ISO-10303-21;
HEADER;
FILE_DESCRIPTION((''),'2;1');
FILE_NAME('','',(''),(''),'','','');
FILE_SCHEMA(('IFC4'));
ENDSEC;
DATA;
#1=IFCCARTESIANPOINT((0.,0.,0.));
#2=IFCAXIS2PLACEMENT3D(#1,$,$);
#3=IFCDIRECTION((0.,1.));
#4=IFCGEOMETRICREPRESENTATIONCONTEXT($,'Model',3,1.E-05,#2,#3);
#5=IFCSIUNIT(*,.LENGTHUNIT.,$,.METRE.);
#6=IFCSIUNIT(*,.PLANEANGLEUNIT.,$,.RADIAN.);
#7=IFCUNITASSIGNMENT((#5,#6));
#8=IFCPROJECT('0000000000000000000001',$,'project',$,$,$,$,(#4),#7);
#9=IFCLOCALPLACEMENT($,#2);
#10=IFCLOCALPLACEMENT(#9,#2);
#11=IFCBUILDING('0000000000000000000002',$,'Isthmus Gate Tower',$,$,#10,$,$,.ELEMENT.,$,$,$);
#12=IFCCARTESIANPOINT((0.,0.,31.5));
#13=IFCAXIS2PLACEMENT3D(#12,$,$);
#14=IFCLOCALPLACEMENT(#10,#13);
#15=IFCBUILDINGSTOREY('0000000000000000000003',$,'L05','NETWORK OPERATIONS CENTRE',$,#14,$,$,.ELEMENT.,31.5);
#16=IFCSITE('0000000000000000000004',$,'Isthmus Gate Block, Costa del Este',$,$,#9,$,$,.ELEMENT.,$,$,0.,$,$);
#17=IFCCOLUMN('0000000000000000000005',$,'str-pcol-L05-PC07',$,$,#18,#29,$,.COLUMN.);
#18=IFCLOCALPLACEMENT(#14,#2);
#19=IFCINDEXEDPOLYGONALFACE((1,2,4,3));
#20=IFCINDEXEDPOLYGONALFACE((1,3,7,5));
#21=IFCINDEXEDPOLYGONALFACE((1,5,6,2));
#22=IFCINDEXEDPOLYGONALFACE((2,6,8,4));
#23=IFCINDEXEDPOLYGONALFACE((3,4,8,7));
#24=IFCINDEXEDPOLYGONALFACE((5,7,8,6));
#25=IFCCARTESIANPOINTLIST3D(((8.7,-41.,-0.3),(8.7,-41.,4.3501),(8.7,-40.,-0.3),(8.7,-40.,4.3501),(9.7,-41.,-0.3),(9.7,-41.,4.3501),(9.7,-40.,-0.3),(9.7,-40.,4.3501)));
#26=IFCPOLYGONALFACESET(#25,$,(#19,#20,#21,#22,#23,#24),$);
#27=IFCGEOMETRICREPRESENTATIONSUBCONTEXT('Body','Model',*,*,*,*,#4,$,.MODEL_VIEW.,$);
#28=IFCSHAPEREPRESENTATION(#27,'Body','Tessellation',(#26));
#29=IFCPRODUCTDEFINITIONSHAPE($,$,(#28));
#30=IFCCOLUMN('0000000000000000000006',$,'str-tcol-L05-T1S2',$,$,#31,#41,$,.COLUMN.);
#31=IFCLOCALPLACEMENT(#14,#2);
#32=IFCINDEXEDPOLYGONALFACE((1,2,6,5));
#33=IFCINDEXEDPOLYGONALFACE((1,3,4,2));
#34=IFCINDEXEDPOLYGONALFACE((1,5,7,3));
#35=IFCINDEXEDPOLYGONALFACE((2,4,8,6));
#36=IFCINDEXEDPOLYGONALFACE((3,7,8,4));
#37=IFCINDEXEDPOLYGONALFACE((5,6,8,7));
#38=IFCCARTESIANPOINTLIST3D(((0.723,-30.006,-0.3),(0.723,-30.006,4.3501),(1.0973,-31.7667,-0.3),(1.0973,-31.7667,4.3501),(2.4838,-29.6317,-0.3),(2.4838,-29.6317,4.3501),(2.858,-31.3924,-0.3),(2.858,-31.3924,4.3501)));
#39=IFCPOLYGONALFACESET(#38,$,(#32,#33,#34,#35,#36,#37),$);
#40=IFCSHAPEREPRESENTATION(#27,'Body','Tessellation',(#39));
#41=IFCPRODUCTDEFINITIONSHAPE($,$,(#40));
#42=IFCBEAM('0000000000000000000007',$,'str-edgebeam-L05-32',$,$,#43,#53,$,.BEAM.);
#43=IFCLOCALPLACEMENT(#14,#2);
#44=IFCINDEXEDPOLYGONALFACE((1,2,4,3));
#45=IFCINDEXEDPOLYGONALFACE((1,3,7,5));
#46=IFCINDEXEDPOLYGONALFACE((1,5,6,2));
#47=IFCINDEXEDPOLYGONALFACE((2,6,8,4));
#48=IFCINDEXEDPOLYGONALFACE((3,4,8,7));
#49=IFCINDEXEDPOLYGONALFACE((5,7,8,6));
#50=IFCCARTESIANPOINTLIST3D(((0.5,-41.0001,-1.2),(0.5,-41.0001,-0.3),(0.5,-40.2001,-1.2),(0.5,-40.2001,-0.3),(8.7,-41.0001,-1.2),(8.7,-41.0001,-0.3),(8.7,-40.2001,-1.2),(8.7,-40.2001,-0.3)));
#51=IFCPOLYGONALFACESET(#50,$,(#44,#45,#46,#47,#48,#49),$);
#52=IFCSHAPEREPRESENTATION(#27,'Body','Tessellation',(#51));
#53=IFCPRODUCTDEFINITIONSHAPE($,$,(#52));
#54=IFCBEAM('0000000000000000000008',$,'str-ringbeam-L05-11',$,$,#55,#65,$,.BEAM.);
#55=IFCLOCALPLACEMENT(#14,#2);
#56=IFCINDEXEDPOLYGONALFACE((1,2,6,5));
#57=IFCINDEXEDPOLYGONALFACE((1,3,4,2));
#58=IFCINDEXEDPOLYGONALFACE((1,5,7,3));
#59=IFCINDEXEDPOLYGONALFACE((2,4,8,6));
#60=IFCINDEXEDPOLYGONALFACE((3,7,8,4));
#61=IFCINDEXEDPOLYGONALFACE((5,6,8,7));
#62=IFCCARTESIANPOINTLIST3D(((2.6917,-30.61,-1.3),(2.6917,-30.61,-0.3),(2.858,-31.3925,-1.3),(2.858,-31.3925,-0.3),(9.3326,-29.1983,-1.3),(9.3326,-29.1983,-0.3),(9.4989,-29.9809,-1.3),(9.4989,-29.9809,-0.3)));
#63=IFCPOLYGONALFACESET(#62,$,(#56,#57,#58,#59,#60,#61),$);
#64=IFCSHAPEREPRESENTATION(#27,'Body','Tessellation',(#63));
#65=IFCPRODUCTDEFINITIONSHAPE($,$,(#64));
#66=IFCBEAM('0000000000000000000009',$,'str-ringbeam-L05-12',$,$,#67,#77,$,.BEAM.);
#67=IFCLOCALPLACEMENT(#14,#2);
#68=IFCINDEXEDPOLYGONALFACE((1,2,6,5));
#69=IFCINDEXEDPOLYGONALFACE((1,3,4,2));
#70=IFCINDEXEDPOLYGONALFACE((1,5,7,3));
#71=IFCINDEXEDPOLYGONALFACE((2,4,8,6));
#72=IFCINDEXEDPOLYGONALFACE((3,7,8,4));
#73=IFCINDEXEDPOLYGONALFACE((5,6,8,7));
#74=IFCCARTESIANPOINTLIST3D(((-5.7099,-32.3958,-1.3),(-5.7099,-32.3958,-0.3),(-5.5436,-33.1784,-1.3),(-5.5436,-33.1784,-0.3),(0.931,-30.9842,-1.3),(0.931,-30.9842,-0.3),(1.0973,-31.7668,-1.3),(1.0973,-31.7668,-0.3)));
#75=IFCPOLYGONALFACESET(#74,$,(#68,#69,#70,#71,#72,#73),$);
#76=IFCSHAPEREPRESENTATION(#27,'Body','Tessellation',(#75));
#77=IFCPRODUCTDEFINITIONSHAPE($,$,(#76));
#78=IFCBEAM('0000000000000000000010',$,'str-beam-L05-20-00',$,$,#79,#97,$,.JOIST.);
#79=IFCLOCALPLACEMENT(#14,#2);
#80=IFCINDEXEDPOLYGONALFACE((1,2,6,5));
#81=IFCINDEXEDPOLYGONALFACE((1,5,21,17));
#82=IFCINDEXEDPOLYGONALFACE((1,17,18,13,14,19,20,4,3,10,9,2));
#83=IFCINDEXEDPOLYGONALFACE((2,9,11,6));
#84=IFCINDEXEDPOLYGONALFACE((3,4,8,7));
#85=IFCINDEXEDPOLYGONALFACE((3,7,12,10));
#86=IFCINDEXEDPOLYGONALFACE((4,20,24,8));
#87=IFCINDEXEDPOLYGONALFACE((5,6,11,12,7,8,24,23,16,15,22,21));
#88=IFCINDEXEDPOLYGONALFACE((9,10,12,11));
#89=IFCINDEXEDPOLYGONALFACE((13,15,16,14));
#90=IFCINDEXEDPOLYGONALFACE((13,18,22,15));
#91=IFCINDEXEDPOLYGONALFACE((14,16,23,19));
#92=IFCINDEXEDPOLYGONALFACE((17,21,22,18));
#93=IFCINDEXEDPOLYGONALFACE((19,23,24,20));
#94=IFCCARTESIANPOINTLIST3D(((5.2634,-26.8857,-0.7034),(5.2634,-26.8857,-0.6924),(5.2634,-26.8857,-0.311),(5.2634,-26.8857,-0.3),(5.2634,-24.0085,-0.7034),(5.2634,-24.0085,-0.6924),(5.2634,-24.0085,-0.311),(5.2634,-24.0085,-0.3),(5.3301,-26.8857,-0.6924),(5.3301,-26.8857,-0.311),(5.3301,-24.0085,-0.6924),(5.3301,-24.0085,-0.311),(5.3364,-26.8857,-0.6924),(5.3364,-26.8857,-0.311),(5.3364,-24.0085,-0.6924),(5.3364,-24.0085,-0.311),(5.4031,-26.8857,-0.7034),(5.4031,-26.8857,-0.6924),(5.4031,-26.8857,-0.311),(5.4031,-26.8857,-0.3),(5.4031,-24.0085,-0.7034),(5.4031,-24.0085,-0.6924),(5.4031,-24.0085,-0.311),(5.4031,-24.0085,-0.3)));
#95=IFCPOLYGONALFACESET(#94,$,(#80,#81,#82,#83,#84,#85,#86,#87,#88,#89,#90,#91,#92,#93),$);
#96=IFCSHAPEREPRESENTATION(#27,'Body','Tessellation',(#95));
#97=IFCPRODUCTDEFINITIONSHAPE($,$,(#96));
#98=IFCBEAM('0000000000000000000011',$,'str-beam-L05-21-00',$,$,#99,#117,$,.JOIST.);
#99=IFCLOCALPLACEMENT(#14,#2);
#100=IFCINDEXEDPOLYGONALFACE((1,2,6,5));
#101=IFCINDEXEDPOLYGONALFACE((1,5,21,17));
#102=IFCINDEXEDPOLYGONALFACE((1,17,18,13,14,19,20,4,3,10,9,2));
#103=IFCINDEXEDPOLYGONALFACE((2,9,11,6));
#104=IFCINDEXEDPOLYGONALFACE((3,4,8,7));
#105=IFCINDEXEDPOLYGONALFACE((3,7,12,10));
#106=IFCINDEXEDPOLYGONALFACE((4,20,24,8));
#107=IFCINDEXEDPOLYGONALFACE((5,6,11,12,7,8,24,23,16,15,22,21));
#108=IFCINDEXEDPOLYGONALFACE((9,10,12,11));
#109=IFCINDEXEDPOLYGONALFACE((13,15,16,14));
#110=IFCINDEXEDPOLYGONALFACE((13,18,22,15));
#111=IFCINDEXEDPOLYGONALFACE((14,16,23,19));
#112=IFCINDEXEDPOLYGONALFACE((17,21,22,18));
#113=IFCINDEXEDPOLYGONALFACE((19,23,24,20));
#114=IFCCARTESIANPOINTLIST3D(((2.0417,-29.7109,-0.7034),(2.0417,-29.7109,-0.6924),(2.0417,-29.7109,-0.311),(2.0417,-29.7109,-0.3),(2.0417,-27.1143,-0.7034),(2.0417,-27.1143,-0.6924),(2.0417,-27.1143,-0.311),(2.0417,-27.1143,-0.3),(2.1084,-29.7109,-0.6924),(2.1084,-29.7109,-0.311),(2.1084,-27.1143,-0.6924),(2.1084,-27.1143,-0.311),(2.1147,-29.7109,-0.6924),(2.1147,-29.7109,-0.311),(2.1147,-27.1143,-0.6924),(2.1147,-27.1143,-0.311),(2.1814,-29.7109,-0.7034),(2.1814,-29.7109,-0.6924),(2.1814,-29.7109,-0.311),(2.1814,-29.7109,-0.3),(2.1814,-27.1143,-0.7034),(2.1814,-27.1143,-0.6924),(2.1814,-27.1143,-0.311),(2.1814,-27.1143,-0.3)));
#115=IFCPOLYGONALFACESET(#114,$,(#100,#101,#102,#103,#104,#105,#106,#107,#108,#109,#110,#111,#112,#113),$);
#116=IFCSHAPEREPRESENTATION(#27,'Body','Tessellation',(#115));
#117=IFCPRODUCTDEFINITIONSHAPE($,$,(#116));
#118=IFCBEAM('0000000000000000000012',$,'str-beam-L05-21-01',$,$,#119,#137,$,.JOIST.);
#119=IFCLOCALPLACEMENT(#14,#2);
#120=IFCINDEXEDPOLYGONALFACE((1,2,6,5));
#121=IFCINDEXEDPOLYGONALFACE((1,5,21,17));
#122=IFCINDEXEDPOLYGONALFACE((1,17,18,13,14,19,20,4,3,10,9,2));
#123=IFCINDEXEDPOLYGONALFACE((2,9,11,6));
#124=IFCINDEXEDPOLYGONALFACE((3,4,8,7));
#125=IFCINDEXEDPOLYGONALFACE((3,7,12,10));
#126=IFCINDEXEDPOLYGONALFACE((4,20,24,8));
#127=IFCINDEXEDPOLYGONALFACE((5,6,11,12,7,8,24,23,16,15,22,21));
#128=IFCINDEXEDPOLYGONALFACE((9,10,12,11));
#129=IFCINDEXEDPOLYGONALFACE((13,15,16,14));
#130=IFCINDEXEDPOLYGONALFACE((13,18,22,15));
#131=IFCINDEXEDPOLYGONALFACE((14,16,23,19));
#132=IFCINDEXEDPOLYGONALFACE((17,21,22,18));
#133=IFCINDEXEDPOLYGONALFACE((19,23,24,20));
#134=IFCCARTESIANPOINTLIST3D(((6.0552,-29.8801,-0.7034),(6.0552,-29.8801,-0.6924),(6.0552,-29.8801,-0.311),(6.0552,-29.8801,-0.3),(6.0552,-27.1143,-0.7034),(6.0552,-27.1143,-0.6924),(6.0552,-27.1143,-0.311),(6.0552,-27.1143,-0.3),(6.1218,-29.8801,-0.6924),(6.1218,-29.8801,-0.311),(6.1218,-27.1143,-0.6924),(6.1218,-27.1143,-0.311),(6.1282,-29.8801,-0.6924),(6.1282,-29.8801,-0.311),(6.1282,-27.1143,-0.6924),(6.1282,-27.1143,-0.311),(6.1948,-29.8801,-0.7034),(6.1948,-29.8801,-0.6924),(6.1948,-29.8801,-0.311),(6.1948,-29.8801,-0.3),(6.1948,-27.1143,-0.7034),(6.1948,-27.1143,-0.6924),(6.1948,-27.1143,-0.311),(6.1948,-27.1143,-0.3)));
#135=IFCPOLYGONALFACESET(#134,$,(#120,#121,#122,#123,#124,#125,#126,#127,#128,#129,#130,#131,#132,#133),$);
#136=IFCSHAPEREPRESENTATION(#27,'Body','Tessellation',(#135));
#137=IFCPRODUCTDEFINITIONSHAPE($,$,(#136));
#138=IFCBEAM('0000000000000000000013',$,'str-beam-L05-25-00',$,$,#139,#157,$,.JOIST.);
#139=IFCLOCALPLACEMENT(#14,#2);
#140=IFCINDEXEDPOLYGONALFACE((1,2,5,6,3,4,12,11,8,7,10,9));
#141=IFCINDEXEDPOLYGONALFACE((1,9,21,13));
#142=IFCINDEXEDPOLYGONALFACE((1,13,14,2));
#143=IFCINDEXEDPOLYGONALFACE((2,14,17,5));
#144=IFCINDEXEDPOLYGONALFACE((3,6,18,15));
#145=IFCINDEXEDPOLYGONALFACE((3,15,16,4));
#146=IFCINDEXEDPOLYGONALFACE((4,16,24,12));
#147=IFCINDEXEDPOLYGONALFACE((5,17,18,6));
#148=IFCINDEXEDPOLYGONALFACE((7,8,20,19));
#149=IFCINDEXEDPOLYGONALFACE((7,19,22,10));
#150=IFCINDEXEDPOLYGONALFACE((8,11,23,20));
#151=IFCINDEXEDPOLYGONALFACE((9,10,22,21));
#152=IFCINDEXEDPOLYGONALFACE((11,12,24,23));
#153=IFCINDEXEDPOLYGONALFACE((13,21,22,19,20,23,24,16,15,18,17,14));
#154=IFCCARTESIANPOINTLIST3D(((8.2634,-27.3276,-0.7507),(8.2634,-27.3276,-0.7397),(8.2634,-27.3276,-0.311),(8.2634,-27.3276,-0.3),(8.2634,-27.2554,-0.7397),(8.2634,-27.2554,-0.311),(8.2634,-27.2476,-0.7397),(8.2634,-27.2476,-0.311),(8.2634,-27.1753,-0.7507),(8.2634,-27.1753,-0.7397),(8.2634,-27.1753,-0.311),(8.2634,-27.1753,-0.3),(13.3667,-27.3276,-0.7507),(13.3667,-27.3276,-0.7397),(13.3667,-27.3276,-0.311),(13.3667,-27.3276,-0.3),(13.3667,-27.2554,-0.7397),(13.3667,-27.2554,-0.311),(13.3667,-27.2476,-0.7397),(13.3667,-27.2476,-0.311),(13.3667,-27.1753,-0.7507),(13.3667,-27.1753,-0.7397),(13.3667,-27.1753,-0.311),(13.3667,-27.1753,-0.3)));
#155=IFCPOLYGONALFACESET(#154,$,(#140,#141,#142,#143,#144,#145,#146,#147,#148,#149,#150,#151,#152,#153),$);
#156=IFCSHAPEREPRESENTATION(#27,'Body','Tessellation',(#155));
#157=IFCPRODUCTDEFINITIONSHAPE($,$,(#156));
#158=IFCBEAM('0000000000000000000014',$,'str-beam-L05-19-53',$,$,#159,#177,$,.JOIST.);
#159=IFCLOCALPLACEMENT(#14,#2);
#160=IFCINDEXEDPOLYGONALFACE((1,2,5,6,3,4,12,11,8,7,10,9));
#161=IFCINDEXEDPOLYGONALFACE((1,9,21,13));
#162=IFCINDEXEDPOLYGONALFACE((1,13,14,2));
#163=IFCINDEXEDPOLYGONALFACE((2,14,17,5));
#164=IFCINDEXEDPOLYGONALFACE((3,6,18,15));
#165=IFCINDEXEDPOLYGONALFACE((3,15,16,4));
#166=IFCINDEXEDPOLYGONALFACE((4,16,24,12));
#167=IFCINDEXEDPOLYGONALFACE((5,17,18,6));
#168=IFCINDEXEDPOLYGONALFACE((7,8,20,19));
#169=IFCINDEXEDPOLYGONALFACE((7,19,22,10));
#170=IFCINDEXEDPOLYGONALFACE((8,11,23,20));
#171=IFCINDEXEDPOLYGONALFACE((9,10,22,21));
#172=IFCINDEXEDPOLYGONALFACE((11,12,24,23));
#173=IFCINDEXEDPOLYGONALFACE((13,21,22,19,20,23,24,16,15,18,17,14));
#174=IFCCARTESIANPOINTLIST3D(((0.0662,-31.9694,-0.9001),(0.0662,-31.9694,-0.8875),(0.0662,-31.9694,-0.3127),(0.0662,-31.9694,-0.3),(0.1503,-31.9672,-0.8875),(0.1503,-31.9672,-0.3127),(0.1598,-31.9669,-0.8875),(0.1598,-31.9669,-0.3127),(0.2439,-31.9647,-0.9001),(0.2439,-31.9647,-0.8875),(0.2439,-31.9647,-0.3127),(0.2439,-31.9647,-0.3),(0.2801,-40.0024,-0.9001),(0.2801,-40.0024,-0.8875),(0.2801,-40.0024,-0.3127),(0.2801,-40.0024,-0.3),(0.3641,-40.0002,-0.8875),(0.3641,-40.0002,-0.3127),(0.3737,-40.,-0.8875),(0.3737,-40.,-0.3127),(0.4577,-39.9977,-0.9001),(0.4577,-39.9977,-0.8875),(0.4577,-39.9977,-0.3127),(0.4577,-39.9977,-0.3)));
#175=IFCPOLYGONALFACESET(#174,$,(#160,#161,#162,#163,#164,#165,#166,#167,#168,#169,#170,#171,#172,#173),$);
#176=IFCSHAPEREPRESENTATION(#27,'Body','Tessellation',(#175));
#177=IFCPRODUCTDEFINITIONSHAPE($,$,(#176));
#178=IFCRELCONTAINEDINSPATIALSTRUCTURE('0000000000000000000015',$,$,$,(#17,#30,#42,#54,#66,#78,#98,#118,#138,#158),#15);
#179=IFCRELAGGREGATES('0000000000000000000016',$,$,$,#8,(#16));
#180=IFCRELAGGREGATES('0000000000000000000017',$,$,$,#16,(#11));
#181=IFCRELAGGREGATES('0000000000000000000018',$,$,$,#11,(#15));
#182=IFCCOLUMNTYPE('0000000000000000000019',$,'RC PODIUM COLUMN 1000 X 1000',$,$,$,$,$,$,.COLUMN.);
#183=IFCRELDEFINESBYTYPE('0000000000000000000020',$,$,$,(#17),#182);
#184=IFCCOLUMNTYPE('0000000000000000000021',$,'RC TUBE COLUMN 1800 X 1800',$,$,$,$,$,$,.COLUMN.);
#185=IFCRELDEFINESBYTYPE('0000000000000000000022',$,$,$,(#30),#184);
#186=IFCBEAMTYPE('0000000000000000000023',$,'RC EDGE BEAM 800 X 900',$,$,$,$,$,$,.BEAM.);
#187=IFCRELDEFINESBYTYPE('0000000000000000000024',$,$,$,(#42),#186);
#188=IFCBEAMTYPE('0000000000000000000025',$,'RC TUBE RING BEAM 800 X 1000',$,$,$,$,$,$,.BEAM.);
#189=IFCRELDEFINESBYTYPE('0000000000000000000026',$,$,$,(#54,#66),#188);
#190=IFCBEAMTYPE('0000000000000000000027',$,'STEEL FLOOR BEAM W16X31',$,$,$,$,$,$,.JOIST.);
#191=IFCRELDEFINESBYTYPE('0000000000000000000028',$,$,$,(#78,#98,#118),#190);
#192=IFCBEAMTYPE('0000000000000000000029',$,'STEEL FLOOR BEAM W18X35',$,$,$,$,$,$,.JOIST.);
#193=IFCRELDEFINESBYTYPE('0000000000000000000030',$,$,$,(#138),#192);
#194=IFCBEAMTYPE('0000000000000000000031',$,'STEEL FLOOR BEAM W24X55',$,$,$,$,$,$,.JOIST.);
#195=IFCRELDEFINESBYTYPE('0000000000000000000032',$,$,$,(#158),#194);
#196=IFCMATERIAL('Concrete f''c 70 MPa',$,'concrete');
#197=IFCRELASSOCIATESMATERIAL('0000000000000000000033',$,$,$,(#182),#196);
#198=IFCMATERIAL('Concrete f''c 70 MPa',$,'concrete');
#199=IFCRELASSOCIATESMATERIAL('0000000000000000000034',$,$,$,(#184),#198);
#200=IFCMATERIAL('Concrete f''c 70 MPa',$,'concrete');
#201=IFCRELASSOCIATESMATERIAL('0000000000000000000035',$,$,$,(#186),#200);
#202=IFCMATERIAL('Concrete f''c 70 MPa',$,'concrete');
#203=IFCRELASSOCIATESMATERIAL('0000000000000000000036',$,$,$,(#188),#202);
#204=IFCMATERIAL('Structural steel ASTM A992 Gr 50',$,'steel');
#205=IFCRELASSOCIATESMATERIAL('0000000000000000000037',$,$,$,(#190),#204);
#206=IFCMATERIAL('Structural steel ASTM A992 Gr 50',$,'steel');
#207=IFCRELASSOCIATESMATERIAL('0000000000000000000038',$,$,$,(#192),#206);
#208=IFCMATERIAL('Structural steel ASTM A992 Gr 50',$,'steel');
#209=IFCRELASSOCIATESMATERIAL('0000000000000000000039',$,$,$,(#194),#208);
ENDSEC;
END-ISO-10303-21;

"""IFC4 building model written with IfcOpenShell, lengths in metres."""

from ifc_helpers import new_model, si_unit, direction, frame, origin, origin_2d, place, context, subcontext, project, spatial, rectangle, i_section, extrude, material, material_profile, profile_set, type_object, element, save


model = new_model("IFC4")

# Units and contexts
model_context = context("Model", 3, precision=1e-05, world=origin(), true_north=direction((0.0, 1.0)))
body_context = subcontext(model_context, "Body", "Model", "MODEL_VIEW")
ifc_project = project(units=[si_unit("LENGTHUNIT", "METRE"), si_unit("PLANEANGLEUNIT", "RADIAN")], contexts=[model_context])

# Site, building, storey
site_placement = place(None, origin())
site = spatial("IfcSite", under=ifc_project, at=site_placement, Name="Isthmus Gate Block, Costa del Este", CompositionType="ELEMENT", RefElevation=0.0)
building_placement = place(site_placement, origin())
building = spatial("IfcBuilding", under=site, at=building_placement, Name="Isthmus Gate Tower", CompositionType="ELEMENT")
storey_placement = place(building_placement, frame((0.0, 0.0, 31.5)))
storey = spatial("IfcBuildingStorey", under=building, at=storey_placement, Name="L05", Description="NETWORK OPERATIONS CENTRE", CompositionType="ELEMENT", Elevation=31.5)

# Columns
ifc_material_1 = material(Name="Concrete f'c 70 MPa", Category="concrete")
ifc_material_profile_1 = material_profile(ifc_material_1, rectangle(XDim=1.0, YDim=1.0, at=origin_2d()), Name="RC 1000X1000")
ifc_profile_set_1 = profile_set([ifc_material_profile_1], Name="Concrete f'c 70 MPa")
column_type_1 = type_object("IfcColumnType", Name="RC PODIUM COLUMN 1000 X 1000", PredefinedType="COLUMN", material=ifc_profile_set_1)
column_1_placement = place(storey_placement, frame((9.2, -40.5, -0.3), z_axis=(0.0, 0.0, 1.0), x_axis=(1.0, 0.0, 0.0)))
element("IfcColumn", 1, at=column_1_placement, inside=storey, type_object=column_type_1, Name="str-pcol-L05-PC07", PredefinedType="COLUMN", context=body_context, shape_type="SweptSolid", body=[
    extrude(rectangle(XDim=1.0, YDim=1.0, at=origin_2d()), origin(), (0.0, 0.0, 1.0), 4.6501),
])
ifc_material_2 = material(Name="Concrete f'c 70 MPa", Category="concrete")
ifc_material_profile_2 = material_profile(ifc_material_2, rectangle(XDim=1.8, YDim=1.8, at=origin_2d()), Name="RC 1800X1800")
ifc_profile_set_2 = profile_set([ifc_material_profile_2], Name="Concrete f'c 70 MPa")
column_type_2 = type_object("IfcColumnType", Name="RC TUBE COLUMN 1800 X 1800", PredefinedType="COLUMN", material=ifc_profile_set_2)
column_2_placement = place(storey_placement, frame((1.7905, -30.6992, -0.3), z_axis=(0.0, 0.0, 1.0), x_axis=(0.978148, 0.207912, 0.0)))
element("IfcColumn", 2, at=column_2_placement, inside=storey, type_object=column_type_2, Name="str-tcol-L05-T1S2", PredefinedType="COLUMN", context=body_context, shape_type="SweptSolid", body=[
    extrude(rectangle(XDim=1.8, YDim=1.8, at=origin_2d()), origin(), (0.0, 0.0, 1.0), 4.6501),
])

# Beams
ifc_material_3 = material(Name="Concrete f'c 70 MPa", Category="concrete")
ifc_material_profile_3 = material_profile(ifc_material_3, rectangle(XDim=0.8, YDim=0.8999, at=origin_2d()), Name="RC 800X900")
ifc_profile_set_3 = profile_set([ifc_material_profile_3], Name="Concrete f'c 70 MPa")
beam_type_1 = type_object("IfcBeamType", Name="RC EDGE BEAM 800 X 900", PredefinedType="BEAM", material=ifc_profile_set_3)
beam_1_placement = place(storey_placement, frame((8.7, -40.6001, -0.75), z_axis=(-1.0, 0.0, 0.0), x_axis=(0.0, -1.0, 0.0)))
element("IfcBeam", 3, at=beam_1_placement, inside=storey, type_object=beam_type_1, Name="str-edgebeam-L05-32", PredefinedType="BEAM", context=body_context, shape_type="SweptSolid", body=[
    extrude(rectangle(XDim=0.8, YDim=0.8999, at=origin_2d()), origin(), (0.0, 0.0, 1.0), 8.2),
])
ifc_material_4 = material(Name="Concrete f'c 70 MPa", Category="concrete")
ifc_material_profile_4 = material_profile(ifc_material_4, rectangle(XDim=0.8, YDim=1.0, at=origin_2d()), Name="RC 800X1000")
ifc_profile_set_4 = profile_set([ifc_material_profile_4], Name="Concrete f'c 70 MPa")
beam_type_2 = type_object("IfcBeamType", Name="RC TUBE RING BEAM 800 X 1000", PredefinedType="BEAM", material=ifc_profile_set_4)
for number, where, z_axis, x_axis, name in (
    (4, (9.4158, -29.5896, -0.8), (-0.978146, -0.20792, 0.0), (0.20792, -0.978146, 0.0), "str-ringbeam-L05-11"),
    (5, (1.0142, -31.3755, -0.8), (-0.978146, -0.20792, 0.0), (0.20792, -0.978146, 0.0), "str-ringbeam-L05-12"),
):
    element("IfcBeam", number, at=place(storey_placement, frame(where, z_axis=z_axis, x_axis=x_axis)), inside=storey, type_object=beam_type_2, Name=name, PredefinedType="BEAM", context=body_context, shape_type="SweptSolid", body=[
        extrude(rectangle(XDim=0.8, YDim=1.0, at=origin_2d()), origin(), (0.0, 0.0, 1.0), 6.7893),
    ])
ifc_material_5 = material(Name="Structural steel ASTM A992 Gr 50", Category="steel")
ifc_material_profile_5 = material_profile(ifc_material_5, i_section(OverallWidth=0.1396, OverallDepth=0.4033, WebThickness=0.0063, FlangeThickness=0.011, at=origin_2d()), Name="W16X31")
ifc_profile_set_5 = profile_set([ifc_material_profile_5], Name="Structural steel ASTM A992 Gr 50")
beam_type_3 = type_object("IfcBeamType", Name="STEEL FLOOR BEAM W16X31", PredefinedType="JOIST", material=ifc_profile_set_5)
beam_2_placement = place(storey_placement, frame((5.3333, -26.8857, -0.5017), z_axis=(0.0, 1.0, 0.0), x_axis=(-1.0, 0.0, 0.0)))
element("IfcBeam", 6, at=beam_2_placement, inside=storey, type_object=beam_type_3, Name="str-beam-L05-20-00", PredefinedType="JOIST", context=body_context, shape_type="SweptSolid", body=[
    extrude(i_section(OverallWidth=0.1396, OverallDepth=0.4033, WebThickness=0.0063, FlangeThickness=0.011, at=origin_2d()), origin(), (0.0, 0.0, 1.0), 2.8772),
])
beam_3_placement = place(storey_placement, frame((2.1116, -29.7109, -0.5017), z_axis=(0.0, 1.0, 0.0), x_axis=(-1.0, 0.0, 0.0)))
element("IfcBeam", 7, at=beam_3_placement, inside=storey, type_object=beam_type_3, Name="str-beam-L05-21-00", PredefinedType="JOIST", context=body_context, shape_type="SweptSolid", body=[
    extrude(i_section(OverallWidth=0.1396, OverallDepth=0.4033, WebThickness=0.0063, FlangeThickness=0.011, at=origin_2d()), origin(), (0.0, 0.0, 1.0), 2.5967),
])
beam_4_placement = place(storey_placement, frame((6.125, -29.8801, -0.5017), z_axis=(0.0, 1.0, 0.0), x_axis=(-1.0, 0.0, 0.0)))
element("IfcBeam", 8, at=beam_4_placement, inside=storey, type_object=beam_type_3, Name="str-beam-L05-21-01", PredefinedType="JOIST", context=body_context, shape_type="SweptSolid", body=[
    extrude(i_section(OverallWidth=0.1396, OverallDepth=0.4033, WebThickness=0.0063, FlangeThickness=0.011, at=origin_2d()), origin(), (0.0, 0.0, 1.0), 2.7659),
])
ifc_material_6 = material(Name="Structural steel ASTM A992 Gr 50", Category="steel")
ifc_material_profile_6 = material_profile(ifc_material_6, i_section(OverallWidth=0.1523, OverallDepth=0.4507, WebThickness=0.0078, FlangeThickness=0.011, at=origin_2d()), Name="W18X35")
ifc_profile_set_6 = profile_set([ifc_material_profile_6], Name="Structural steel ASTM A992 Gr 50")
beam_type_4 = type_object("IfcBeamType", Name="STEEL FLOOR BEAM W18X35", PredefinedType="JOIST", material=ifc_profile_set_6)
beam_5_placement = place(storey_placement, frame((8.2634, -27.2515, -0.5254), z_axis=(1.0, 0.0, 0.0), x_axis=(0.0, 1.0, 0.0)))
element("IfcBeam", 9, at=beam_5_placement, inside=storey, type_object=beam_type_4, Name="str-beam-L05-25-00", PredefinedType="JOIST", context=body_context, shape_type="SweptSolid", body=[
    extrude(i_section(OverallWidth=0.1523, OverallDepth=0.4507, WebThickness=0.0078, FlangeThickness=0.011, at=origin_2d()), origin(), (0.0, 0.0, 1.0), 5.1033),
])
ifc_material_7 = material(Name="Structural steel ASTM A992 Gr 50", Category="steel")
ifc_material_profile_7 = material_profile(ifc_material_7, i_section(OverallWidth=0.1777, OverallDepth=0.6001, WebThickness=0.0095, FlangeThickness=0.0127, at=origin_2d()), Name="W24X55")
ifc_profile_set_7 = profile_set([ifc_material_profile_7], Name="Structural steel ASTM A992 Gr 50")
beam_type_5 = type_object("IfcBeamType", Name="STEEL FLOOR BEAM W24X55", PredefinedType="JOIST", material=ifc_profile_set_7)
beam_6_placement = place(storey_placement, frame((0.155, -31.967, -0.6001), z_axis=(0.026614, -0.999646, 0.0), x_axis=(0.999646, 0.026614, 0.0)))
element("IfcBeam", 10, at=beam_6_placement, inside=storey, type_object=beam_type_5, Name="str-beam-L05-19-53", PredefinedType="JOIST", context=body_context, shape_type="SweptSolid", body=[
    extrude(i_section(OverallWidth=0.1777, OverallDepth=0.6001, WebThickness=0.0095, FlangeThickness=0.0127, at=origin_2d()), origin(), (0.0, 0.0, 1.0), 8.0359),
])

save(model, "model.ifc")
